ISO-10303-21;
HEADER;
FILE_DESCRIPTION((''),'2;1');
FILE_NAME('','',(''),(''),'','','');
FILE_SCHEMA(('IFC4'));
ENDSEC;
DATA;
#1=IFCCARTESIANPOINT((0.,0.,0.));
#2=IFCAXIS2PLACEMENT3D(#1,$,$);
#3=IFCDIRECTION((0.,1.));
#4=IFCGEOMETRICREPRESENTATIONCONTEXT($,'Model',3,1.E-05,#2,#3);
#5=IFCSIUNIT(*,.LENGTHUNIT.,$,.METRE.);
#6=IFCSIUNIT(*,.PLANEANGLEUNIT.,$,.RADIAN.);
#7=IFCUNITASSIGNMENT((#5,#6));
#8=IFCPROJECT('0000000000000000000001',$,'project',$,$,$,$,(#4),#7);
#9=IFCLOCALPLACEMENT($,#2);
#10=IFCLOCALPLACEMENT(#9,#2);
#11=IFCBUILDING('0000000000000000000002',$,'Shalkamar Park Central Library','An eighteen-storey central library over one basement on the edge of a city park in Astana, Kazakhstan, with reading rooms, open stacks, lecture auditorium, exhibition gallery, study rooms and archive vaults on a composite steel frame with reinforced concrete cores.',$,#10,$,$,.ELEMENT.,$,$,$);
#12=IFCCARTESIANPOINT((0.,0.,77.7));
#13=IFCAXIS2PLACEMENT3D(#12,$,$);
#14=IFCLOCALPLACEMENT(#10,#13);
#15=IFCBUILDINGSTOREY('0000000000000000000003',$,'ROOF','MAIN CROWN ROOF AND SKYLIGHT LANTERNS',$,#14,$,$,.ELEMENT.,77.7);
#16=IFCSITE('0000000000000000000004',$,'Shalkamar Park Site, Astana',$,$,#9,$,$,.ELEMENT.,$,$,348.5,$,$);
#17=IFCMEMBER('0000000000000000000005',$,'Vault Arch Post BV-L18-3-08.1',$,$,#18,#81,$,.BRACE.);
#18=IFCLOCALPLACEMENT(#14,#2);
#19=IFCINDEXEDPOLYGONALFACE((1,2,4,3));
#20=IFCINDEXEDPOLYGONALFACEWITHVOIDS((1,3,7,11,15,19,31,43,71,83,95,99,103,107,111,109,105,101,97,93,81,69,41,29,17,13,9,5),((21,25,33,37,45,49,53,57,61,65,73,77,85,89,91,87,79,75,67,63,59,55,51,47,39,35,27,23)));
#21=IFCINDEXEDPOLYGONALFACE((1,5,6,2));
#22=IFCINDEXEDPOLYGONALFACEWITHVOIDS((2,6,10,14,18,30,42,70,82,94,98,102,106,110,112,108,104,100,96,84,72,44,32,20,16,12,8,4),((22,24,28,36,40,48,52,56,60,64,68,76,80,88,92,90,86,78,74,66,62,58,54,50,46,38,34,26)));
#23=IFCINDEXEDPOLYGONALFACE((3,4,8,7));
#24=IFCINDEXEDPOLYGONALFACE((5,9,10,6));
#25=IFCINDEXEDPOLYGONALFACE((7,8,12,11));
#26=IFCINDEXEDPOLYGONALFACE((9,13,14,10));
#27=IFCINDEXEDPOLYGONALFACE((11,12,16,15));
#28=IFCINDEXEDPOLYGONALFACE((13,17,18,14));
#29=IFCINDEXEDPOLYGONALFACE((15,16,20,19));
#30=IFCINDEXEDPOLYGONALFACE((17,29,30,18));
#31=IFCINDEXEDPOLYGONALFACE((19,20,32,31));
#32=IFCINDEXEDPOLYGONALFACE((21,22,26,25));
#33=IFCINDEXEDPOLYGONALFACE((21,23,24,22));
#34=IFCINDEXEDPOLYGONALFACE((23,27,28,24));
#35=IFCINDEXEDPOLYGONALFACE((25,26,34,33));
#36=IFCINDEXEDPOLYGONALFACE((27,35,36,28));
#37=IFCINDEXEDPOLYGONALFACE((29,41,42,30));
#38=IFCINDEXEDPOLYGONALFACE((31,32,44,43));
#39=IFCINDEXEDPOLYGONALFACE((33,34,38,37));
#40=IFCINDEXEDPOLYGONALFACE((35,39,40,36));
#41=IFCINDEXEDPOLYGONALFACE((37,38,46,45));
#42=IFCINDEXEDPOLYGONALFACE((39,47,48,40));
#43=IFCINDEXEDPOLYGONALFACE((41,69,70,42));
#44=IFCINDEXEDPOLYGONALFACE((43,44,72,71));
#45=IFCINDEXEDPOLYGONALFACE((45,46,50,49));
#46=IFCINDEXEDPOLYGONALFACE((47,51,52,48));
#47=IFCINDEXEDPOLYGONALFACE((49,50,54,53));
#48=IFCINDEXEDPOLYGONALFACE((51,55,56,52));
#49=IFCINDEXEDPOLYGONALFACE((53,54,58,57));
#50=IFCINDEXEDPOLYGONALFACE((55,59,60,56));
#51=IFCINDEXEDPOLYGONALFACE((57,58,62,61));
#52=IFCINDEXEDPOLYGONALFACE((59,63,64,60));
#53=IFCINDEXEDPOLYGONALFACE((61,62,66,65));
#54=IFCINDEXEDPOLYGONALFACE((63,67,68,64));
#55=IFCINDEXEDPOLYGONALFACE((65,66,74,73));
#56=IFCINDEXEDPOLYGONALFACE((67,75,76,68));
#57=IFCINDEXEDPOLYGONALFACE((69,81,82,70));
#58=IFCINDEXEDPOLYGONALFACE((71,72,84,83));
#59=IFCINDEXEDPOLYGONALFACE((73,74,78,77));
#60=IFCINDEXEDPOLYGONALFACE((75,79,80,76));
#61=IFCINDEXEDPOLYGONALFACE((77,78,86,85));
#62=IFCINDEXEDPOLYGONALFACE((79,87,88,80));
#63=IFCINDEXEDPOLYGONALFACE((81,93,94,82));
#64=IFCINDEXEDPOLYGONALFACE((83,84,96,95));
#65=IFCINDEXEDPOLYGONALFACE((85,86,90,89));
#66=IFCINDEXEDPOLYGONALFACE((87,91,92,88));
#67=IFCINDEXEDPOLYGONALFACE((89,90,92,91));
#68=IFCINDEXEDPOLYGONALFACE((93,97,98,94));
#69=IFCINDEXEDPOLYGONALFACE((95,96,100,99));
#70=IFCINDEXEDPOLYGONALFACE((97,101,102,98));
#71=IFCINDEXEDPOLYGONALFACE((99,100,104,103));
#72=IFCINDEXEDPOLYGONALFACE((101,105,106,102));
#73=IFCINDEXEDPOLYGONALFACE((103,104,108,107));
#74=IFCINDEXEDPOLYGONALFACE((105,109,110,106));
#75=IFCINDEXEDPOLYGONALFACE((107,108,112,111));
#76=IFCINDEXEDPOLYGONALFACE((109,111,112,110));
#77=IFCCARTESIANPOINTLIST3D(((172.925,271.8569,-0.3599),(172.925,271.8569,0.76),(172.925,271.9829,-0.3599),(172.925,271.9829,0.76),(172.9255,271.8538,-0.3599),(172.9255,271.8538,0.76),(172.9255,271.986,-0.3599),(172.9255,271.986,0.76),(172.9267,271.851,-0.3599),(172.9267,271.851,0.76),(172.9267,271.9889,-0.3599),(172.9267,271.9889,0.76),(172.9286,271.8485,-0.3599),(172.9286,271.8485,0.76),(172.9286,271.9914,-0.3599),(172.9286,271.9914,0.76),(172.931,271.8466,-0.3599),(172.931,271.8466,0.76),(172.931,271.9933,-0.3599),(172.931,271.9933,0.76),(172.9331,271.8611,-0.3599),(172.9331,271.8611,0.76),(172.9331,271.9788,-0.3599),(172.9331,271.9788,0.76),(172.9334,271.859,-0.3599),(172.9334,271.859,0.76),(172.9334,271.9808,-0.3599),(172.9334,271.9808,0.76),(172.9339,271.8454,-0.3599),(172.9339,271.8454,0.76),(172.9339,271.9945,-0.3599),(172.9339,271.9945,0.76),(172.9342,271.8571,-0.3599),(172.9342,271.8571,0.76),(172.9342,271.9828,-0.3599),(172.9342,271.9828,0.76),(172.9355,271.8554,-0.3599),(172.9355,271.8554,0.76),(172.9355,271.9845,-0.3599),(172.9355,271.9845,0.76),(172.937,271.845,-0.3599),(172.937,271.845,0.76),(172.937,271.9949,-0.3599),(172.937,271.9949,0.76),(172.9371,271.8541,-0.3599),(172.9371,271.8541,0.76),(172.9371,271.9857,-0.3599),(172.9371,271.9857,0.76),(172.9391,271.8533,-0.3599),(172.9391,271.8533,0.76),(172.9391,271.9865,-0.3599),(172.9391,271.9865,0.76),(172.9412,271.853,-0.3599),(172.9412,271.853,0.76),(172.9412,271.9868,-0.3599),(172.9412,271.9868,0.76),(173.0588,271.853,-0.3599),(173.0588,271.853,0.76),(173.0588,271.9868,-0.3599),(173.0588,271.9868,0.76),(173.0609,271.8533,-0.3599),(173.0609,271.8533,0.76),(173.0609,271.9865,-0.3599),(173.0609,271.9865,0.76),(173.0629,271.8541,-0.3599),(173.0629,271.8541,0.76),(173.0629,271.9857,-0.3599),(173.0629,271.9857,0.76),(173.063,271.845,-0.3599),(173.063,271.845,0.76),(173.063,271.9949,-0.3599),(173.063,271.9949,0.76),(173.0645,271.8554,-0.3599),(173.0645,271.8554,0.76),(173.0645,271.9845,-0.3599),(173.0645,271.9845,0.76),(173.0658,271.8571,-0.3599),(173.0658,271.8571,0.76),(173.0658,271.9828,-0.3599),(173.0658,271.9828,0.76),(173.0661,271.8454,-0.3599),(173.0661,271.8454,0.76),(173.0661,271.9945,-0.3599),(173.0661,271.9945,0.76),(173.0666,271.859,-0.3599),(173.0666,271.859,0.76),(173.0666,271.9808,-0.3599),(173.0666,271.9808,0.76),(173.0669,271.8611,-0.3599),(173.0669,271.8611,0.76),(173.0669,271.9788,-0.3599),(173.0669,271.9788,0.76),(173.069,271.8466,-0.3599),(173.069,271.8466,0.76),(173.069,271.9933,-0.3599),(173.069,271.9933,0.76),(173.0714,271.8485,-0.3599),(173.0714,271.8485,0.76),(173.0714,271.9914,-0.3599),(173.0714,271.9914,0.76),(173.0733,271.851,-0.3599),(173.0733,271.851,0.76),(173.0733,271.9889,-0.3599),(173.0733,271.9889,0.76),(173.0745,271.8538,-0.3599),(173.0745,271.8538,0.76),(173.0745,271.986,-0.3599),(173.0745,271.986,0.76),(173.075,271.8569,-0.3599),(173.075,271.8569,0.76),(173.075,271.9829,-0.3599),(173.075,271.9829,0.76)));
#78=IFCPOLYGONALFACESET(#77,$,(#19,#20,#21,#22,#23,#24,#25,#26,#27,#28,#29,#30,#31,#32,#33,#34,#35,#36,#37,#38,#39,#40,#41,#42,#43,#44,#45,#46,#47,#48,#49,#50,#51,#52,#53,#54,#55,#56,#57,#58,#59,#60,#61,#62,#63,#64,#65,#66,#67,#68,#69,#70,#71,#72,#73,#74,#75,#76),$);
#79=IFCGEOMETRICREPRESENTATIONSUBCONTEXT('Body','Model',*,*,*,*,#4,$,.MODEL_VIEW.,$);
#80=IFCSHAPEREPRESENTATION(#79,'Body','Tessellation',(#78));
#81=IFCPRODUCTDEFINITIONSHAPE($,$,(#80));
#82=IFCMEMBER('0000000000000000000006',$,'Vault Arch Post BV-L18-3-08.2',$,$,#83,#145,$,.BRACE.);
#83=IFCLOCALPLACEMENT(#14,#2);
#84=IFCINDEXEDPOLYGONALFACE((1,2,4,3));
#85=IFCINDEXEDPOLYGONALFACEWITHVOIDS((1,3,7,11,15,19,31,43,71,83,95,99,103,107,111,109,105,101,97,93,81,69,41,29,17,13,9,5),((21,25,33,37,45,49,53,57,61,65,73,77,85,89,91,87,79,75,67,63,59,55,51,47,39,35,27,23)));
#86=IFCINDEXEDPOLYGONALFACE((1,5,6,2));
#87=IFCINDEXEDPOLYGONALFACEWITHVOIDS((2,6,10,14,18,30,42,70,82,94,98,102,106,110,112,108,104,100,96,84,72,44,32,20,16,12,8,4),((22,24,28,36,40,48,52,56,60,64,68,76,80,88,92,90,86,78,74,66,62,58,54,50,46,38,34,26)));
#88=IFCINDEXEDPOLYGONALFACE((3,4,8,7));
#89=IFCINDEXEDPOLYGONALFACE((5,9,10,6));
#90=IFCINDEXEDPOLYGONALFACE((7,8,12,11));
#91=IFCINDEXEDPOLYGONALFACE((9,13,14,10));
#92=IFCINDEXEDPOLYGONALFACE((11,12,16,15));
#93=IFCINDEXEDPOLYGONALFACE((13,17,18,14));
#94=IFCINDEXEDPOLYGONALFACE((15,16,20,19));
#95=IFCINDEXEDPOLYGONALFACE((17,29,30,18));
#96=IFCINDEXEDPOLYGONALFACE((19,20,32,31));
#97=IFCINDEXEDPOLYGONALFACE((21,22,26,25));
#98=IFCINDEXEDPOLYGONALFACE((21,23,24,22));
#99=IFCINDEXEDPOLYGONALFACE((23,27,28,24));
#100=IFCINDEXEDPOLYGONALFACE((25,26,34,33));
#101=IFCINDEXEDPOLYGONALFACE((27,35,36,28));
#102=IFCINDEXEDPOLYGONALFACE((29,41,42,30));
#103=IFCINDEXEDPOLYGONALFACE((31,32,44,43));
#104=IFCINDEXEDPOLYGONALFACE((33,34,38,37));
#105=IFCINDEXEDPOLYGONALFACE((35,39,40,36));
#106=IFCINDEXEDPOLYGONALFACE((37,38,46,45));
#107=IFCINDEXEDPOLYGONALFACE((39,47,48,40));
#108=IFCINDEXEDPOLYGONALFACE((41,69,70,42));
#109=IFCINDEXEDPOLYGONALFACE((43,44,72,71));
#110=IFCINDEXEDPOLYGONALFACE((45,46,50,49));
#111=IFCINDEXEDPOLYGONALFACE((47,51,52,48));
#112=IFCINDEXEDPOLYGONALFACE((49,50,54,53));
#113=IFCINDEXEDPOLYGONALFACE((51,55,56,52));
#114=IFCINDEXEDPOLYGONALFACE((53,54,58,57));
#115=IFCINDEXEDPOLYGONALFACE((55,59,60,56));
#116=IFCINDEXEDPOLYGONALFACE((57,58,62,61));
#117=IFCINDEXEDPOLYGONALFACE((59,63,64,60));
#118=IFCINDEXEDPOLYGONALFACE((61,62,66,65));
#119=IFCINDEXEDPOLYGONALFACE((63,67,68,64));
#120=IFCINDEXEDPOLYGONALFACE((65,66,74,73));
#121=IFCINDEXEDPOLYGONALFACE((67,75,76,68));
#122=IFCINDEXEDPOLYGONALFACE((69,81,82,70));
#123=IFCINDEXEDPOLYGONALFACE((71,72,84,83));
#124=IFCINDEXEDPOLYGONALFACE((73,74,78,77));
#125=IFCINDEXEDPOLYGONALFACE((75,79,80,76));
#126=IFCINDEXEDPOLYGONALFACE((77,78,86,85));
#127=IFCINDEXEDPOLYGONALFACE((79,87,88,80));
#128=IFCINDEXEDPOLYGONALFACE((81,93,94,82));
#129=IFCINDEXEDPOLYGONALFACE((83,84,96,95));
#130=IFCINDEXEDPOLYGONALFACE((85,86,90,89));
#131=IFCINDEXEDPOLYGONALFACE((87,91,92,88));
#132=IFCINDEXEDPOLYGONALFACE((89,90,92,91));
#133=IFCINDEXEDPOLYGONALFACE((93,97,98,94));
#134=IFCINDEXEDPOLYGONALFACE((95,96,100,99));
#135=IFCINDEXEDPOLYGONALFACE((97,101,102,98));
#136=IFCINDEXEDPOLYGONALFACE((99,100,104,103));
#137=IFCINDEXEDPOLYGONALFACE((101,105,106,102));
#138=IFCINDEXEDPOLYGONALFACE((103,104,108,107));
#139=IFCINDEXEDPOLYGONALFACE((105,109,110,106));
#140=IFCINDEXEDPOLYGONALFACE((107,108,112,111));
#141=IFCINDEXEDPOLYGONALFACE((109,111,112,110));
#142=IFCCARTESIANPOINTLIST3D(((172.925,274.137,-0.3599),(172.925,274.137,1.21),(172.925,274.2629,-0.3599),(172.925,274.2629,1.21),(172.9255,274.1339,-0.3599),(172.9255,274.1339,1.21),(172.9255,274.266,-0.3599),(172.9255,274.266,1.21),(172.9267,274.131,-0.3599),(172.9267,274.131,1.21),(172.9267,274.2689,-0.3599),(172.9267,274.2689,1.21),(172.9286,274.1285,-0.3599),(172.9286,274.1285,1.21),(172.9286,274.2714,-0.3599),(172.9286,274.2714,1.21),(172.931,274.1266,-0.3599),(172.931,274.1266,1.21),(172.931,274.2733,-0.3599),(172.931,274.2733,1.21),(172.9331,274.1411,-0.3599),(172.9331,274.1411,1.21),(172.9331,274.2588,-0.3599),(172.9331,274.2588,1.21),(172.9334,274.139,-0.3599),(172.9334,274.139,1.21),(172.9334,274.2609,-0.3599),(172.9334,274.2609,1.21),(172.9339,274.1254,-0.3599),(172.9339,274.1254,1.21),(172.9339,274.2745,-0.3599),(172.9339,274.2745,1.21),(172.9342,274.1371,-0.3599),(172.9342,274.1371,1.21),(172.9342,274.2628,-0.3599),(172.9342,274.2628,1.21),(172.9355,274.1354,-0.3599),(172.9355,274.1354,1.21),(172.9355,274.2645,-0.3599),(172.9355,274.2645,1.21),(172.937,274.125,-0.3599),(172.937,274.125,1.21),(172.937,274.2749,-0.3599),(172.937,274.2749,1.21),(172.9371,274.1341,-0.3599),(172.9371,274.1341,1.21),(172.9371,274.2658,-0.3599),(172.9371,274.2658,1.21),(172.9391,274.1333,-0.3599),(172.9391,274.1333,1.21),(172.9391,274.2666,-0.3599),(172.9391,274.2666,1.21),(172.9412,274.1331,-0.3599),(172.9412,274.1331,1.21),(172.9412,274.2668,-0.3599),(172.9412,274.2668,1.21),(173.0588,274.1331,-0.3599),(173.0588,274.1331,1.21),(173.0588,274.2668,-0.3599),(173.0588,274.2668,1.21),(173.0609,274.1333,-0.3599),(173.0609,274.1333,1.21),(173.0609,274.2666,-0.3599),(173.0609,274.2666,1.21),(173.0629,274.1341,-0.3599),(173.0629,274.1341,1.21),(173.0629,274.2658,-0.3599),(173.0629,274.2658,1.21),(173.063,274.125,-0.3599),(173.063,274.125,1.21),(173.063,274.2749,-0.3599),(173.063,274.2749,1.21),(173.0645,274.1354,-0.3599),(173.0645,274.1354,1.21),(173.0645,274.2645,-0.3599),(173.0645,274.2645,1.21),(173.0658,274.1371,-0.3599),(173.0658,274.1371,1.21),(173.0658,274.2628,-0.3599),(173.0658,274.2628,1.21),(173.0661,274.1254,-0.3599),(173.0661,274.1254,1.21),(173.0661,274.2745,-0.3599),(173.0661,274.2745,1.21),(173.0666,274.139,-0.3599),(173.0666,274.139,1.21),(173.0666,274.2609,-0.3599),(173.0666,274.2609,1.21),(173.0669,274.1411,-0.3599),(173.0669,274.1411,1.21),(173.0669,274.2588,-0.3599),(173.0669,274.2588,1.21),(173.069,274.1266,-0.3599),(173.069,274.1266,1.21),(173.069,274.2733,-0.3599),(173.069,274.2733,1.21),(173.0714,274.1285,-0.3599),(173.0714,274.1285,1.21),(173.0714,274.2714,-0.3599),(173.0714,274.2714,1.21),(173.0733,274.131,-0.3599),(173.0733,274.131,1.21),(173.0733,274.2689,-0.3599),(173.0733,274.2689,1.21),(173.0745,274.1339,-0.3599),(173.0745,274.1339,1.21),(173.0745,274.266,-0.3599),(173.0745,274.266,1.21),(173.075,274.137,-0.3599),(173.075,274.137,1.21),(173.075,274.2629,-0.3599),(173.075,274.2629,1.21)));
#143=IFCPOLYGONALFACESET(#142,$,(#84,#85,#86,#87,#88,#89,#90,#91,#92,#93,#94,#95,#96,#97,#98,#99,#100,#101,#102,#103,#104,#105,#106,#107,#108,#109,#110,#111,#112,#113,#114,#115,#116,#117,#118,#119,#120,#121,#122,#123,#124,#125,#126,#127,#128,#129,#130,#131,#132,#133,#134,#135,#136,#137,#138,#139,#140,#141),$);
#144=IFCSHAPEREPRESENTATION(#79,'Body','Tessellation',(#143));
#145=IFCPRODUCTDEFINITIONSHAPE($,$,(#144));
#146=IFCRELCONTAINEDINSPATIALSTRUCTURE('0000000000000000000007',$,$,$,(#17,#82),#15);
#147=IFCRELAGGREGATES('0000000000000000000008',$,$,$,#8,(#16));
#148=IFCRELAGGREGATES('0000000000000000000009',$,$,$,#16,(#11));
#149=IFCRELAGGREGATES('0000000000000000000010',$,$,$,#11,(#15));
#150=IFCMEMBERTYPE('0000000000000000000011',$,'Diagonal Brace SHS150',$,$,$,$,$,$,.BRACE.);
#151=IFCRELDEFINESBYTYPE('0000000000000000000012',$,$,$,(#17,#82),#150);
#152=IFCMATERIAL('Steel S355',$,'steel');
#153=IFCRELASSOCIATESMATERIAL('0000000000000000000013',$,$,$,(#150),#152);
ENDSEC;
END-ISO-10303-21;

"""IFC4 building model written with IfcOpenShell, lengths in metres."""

from ifc_helpers import new_model, si_unit, direction, frame, origin, origin_2d, place, context, subcontext, project, spatial, hollow_rectangle, extrude, material, material_profile, profile_set, type_object, element, save


model = new_model("IFC4")

# Units and contexts
model_context = context("Model", 3, precision=1e-05, world=origin(), true_north=direction((0.0, 1.0)))
body_context = subcontext(model_context, "Body", "Model", "MODEL_VIEW")
ifc_project = project(units=[si_unit("LENGTHUNIT", "METRE"), si_unit("PLANEANGLEUNIT", "RADIAN")], contexts=[model_context])

# Site, building, storey
site_placement = place(None, origin())
site = spatial("IfcSite", under=ifc_project, at=site_placement, Name="Shalkamar Park Site, Astana", CompositionType="ELEMENT", RefElevation=348.5)
building_placement = place(site_placement, origin())
building = spatial("IfcBuilding", under=site, at=building_placement, Name="Shalkamar Park Central Library", Description="An eighteen-storey central library over one basement on the edge of a city park in Astana, Kazakhstan, with reading rooms, open stacks, lecture auditorium, exhibition gallery, study rooms and archive vaults on a composite steel frame with reinforced concrete cores.", CompositionType="ELEMENT")
storey_placement = place(building_placement, frame((0.0, 0.0, 77.7)))
storey = spatial("IfcBuildingStorey", under=building, at=storey_placement, Name="ROOF", Description="MAIN CROWN ROOF AND SKYLIGHT LANTERNS", CompositionType="ELEMENT", Elevation=77.7)

# Members
ifc_material_1 = material(Name="Steel S355", Category="steel")
ifc_material_profile_1 = material_profile(ifc_material_1, hollow_rectangle(XDim=0.1499, YDim=0.1499, WallThickness=0.0081, InnerFilletRadius=0.0081, OuterFilletRadius=0.012, at=origin_2d()), Name="SHS 150x150x8")
ifc_profile_set_1 = profile_set([ifc_material_profile_1], Name="Steel S355")
member_type_1 = type_object("IfcMemberType", Name="Diagonal Brace SHS150", PredefinedType="BRACE", material=ifc_profile_set_1)
for number, where, z_axis, x_axis, name in (
    (1, (173.0, 271.9199, -0.3599), (0.0, 0.0, 1.0), (1.0, 0.0, 0.0), "Vault Arch Post BV-L18-3-08.1"),
):
    element("IfcMember", number, at=place(storey_placement, frame(where, z_axis=z_axis, x_axis=x_axis)), inside=storey, type_object=member_type_1, Name=name, PredefinedType="BRACE", context=body_context, shape_type="SweptSolid", body=[
        extrude(hollow_rectangle(XDim=0.1499, YDim=0.1499, WallThickness=0.0081, InnerFilletRadius=0.0081, OuterFilletRadius=0.012, at=origin_2d()), origin(), (0.0, 0.0, 1.0), 1.1199),
    ])
member_1_placement = place(storey_placement, frame((173.0, 274.2, -0.3599), z_axis=(0.0, 0.0, 1.0), x_axis=(1.0, 0.0, 0.0)))
element("IfcMember", 2, at=member_1_placement, inside=storey, type_object=member_type_1, Name="Vault Arch Post BV-L18-3-08.2", PredefinedType="BRACE", context=body_context, shape_type="SweptSolid", body=[
    extrude(hollow_rectangle(XDim=0.1499, YDim=0.1499, WallThickness=0.0081, InnerFilletRadius=0.0081, OuterFilletRadius=0.012, at=origin_2d()), origin(), (0.0, 0.0, 1.0), 1.5698),
])

save(model, "model.ifc")
